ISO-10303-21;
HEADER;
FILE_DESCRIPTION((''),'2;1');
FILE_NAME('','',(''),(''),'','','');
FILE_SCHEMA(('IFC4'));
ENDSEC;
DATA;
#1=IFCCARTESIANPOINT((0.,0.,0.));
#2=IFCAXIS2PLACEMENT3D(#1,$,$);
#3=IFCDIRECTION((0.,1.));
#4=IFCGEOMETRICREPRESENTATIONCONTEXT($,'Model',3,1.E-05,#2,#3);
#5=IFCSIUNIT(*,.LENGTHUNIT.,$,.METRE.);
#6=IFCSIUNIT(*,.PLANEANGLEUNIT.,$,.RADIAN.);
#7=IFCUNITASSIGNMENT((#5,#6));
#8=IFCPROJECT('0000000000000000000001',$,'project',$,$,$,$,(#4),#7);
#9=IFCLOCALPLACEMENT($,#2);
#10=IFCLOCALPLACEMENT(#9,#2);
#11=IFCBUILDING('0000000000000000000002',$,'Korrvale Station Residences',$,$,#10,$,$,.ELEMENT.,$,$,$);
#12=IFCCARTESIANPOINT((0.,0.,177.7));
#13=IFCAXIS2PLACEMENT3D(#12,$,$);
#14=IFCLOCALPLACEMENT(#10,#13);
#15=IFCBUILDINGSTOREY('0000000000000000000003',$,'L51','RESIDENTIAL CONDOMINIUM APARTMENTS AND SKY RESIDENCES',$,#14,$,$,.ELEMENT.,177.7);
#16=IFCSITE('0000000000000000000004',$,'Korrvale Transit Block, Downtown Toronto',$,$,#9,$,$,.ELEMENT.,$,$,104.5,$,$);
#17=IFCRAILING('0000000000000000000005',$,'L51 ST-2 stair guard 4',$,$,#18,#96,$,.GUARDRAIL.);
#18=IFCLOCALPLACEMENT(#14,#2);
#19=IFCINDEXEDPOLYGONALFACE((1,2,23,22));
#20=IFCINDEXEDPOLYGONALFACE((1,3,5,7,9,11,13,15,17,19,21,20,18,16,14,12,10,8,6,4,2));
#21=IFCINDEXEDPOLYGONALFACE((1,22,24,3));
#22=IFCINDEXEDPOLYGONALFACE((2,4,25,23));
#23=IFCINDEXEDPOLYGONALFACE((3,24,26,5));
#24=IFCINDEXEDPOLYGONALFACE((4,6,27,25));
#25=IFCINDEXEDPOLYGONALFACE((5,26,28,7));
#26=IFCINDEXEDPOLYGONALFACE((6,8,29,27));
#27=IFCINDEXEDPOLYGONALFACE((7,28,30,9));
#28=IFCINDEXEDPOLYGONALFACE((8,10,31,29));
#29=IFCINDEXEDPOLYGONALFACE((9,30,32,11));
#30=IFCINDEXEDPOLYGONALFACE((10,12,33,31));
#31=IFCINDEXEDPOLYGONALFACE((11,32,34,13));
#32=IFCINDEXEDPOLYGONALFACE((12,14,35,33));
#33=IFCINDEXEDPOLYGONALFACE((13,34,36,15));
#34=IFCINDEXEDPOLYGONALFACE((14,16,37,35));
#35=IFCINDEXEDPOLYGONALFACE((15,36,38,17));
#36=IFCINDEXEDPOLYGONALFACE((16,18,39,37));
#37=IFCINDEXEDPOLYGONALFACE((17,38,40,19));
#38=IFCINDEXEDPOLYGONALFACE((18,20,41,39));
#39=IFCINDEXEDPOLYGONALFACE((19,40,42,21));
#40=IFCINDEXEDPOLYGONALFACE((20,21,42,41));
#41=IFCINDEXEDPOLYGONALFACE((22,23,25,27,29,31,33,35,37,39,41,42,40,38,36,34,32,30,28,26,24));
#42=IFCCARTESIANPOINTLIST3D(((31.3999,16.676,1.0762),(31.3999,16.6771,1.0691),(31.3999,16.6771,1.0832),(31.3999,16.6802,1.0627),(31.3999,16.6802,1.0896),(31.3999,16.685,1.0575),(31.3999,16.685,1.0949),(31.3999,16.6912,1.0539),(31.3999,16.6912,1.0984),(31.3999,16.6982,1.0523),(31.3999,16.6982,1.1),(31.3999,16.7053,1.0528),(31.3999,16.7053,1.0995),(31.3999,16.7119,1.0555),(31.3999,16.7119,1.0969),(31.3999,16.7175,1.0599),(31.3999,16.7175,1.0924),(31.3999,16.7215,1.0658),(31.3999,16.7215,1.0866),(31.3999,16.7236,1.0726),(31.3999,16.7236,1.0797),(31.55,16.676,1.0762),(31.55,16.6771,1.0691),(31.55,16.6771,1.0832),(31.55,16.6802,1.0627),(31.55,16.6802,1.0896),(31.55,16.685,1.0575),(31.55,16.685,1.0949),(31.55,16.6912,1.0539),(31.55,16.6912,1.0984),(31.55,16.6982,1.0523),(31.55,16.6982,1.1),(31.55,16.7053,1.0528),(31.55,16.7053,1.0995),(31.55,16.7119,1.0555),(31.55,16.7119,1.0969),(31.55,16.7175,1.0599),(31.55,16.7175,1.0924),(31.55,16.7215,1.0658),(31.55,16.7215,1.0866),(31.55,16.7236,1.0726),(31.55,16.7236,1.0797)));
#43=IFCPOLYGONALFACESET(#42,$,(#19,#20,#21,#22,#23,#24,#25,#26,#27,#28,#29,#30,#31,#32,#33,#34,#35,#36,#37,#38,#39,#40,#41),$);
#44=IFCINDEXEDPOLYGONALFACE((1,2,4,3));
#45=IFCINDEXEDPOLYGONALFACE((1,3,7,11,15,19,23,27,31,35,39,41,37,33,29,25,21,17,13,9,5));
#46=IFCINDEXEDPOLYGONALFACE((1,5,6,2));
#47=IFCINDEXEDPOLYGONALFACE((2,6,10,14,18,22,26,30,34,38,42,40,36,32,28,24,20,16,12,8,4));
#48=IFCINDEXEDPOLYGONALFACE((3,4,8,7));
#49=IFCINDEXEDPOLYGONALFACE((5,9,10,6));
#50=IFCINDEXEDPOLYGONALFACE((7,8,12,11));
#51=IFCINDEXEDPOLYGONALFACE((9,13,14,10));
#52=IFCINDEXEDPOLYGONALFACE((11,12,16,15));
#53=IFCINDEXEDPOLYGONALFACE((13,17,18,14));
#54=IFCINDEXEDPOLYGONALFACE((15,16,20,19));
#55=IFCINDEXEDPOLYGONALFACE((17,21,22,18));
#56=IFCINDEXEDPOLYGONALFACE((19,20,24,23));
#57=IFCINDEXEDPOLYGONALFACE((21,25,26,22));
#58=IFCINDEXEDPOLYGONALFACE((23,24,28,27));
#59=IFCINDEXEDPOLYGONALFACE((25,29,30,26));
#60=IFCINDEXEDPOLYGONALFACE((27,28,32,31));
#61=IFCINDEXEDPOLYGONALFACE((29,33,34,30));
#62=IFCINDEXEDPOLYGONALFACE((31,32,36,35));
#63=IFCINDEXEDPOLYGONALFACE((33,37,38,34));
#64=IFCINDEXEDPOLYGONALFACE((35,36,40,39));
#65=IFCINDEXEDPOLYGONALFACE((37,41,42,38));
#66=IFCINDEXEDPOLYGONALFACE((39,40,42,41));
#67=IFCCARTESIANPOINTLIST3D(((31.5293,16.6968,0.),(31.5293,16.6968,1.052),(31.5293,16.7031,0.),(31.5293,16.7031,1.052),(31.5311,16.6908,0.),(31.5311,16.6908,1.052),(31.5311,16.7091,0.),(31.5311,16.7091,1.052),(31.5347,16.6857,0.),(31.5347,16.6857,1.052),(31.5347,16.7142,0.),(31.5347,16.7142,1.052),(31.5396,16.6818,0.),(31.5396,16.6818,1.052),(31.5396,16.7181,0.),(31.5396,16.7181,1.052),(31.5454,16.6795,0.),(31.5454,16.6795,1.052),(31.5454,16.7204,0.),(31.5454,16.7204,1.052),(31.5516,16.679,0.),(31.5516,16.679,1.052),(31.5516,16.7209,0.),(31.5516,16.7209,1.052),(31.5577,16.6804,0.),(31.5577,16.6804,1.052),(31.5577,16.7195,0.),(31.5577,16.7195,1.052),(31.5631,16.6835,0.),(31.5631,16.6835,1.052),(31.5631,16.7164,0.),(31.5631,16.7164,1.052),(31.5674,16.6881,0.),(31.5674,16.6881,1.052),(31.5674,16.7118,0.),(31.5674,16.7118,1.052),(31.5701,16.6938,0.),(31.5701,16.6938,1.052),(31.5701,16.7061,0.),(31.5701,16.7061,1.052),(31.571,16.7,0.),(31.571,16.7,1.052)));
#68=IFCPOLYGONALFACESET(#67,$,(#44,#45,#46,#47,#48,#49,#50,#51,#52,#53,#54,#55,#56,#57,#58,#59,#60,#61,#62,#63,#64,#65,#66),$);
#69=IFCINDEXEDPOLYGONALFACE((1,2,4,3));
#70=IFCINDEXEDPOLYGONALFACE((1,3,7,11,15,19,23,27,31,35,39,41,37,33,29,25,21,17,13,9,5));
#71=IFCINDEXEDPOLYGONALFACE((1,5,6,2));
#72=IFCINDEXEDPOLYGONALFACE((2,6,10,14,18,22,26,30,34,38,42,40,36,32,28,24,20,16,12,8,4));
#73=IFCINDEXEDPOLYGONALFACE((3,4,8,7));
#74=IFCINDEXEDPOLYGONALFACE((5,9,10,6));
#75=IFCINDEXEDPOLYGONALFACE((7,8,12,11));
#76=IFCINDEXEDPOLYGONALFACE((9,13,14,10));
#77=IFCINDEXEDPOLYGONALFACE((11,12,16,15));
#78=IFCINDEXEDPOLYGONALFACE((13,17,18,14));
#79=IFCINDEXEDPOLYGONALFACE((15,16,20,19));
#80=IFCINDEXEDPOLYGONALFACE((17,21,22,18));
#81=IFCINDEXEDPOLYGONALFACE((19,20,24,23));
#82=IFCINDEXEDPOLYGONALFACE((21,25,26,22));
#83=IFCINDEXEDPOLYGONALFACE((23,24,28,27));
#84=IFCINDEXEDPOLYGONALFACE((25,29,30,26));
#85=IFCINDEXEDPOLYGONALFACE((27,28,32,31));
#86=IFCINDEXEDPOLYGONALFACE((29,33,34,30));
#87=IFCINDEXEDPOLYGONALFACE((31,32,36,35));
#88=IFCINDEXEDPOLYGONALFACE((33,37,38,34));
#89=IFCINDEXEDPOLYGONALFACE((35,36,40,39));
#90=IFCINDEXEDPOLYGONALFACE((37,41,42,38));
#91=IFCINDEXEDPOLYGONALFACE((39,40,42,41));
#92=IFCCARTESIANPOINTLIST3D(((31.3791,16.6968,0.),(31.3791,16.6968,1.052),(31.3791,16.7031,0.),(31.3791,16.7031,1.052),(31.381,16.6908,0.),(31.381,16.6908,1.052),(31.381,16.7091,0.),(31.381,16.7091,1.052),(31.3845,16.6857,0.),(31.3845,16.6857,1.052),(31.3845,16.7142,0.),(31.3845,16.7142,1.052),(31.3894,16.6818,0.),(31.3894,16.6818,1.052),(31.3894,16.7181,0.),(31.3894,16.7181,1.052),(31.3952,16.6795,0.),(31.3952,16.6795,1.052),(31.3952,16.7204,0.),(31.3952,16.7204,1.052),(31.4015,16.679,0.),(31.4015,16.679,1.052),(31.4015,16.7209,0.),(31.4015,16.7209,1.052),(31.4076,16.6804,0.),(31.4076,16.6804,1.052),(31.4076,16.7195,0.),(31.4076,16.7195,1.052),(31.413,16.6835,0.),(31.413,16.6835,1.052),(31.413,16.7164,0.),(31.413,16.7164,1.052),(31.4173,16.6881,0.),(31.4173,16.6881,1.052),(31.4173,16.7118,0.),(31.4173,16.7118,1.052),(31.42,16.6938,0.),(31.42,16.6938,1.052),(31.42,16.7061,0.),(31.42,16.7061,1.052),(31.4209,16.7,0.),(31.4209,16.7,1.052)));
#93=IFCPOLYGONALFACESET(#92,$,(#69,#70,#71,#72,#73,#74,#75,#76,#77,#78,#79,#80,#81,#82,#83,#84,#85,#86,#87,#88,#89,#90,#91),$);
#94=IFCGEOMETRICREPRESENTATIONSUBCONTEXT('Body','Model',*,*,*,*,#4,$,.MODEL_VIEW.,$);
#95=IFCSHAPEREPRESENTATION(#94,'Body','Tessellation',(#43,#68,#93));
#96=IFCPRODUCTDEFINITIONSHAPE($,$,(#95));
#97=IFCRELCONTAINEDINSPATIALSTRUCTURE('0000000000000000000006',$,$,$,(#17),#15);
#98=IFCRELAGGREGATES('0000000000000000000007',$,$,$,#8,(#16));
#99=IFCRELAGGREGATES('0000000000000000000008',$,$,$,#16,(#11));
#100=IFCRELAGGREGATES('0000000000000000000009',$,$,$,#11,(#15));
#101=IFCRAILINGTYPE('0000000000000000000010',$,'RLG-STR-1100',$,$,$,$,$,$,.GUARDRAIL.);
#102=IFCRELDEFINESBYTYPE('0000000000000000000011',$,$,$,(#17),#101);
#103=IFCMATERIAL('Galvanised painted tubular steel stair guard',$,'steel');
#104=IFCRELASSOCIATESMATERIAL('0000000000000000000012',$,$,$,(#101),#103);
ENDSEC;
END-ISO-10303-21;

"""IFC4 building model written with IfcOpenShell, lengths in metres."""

from ifc_helpers import new_model, si_unit, direction, frame, origin, origin_2d, place, context, subcontext, project, spatial, circle, extrude, material, type_object, element, save


model = new_model("IFC4")

# Units and contexts
model_context = context("Model", 3, precision=1e-05, world=origin(), true_north=direction((0.0, 1.0)))
body_context = subcontext(model_context, "Body", "Model", "MODEL_VIEW")
ifc_project = project(units=[si_unit("LENGTHUNIT", "METRE"), si_unit("PLANEANGLEUNIT", "RADIAN")], contexts=[model_context])

# Site, building, storey
site_placement = place(None, origin())
site = spatial("IfcSite", under=ifc_project, at=site_placement, Name="Korrvale Transit Block, Downtown Toronto", CompositionType="ELEMENT", RefElevation=104.5)
building_placement = place(site_placement, origin())
building = spatial("IfcBuilding", under=site, at=building_placement, Name="Korrvale Station Residences", CompositionType="ELEMENT")
storey_placement = place(building_placement, frame((0.0, 0.0, 177.7)))
storey = spatial("IfcBuildingStorey", under=building, at=storey_placement, Name="L51", Description="RESIDENTIAL CONDOMINIUM APARTMENTS AND SKY RESIDENCES", CompositionType="ELEMENT", Elevation=177.7)

# Railing
ifc_material_1 = material(Name="Galvanised painted tubular steel stair guard", Category="steel")
railing_type_1 = type_object("IfcRailingType", Name="RLG-STR-1100", PredefinedType="GUARDRAIL", material=ifc_material_1)
railing_1_placement = place(storey_placement, frame((31.55, 16.7, 0.0)))
element("IfcRailing", 1, at=railing_1_placement, inside=storey, type_object=railing_type_1, Name="L51 ST-2 stair guard 4", PredefinedType="GUARDRAIL", context=body_context, shape_type="SweptSolid", body=[
    extrude(circle(Radius=0.0239, at=origin_2d()), frame((0.0, 0.0, 1.0762), z_axis=(-1.0, 0.0, 0.0), x_axis=(0.0, -1.0, 0.0)), (0.0, 0.0, 1.0), 0.1501),
    extrude(circle(Radius=0.021, at=origin_2d()), origin(), (0.0, 0.0, 1.0), 1.052),
    extrude(circle(Radius=0.021, at=origin_2d()), frame((-0.1501, 0.0, 0.0)), (0.0, 0.0, 1.0), 1.052),
])

save(model, "model.ifc")
